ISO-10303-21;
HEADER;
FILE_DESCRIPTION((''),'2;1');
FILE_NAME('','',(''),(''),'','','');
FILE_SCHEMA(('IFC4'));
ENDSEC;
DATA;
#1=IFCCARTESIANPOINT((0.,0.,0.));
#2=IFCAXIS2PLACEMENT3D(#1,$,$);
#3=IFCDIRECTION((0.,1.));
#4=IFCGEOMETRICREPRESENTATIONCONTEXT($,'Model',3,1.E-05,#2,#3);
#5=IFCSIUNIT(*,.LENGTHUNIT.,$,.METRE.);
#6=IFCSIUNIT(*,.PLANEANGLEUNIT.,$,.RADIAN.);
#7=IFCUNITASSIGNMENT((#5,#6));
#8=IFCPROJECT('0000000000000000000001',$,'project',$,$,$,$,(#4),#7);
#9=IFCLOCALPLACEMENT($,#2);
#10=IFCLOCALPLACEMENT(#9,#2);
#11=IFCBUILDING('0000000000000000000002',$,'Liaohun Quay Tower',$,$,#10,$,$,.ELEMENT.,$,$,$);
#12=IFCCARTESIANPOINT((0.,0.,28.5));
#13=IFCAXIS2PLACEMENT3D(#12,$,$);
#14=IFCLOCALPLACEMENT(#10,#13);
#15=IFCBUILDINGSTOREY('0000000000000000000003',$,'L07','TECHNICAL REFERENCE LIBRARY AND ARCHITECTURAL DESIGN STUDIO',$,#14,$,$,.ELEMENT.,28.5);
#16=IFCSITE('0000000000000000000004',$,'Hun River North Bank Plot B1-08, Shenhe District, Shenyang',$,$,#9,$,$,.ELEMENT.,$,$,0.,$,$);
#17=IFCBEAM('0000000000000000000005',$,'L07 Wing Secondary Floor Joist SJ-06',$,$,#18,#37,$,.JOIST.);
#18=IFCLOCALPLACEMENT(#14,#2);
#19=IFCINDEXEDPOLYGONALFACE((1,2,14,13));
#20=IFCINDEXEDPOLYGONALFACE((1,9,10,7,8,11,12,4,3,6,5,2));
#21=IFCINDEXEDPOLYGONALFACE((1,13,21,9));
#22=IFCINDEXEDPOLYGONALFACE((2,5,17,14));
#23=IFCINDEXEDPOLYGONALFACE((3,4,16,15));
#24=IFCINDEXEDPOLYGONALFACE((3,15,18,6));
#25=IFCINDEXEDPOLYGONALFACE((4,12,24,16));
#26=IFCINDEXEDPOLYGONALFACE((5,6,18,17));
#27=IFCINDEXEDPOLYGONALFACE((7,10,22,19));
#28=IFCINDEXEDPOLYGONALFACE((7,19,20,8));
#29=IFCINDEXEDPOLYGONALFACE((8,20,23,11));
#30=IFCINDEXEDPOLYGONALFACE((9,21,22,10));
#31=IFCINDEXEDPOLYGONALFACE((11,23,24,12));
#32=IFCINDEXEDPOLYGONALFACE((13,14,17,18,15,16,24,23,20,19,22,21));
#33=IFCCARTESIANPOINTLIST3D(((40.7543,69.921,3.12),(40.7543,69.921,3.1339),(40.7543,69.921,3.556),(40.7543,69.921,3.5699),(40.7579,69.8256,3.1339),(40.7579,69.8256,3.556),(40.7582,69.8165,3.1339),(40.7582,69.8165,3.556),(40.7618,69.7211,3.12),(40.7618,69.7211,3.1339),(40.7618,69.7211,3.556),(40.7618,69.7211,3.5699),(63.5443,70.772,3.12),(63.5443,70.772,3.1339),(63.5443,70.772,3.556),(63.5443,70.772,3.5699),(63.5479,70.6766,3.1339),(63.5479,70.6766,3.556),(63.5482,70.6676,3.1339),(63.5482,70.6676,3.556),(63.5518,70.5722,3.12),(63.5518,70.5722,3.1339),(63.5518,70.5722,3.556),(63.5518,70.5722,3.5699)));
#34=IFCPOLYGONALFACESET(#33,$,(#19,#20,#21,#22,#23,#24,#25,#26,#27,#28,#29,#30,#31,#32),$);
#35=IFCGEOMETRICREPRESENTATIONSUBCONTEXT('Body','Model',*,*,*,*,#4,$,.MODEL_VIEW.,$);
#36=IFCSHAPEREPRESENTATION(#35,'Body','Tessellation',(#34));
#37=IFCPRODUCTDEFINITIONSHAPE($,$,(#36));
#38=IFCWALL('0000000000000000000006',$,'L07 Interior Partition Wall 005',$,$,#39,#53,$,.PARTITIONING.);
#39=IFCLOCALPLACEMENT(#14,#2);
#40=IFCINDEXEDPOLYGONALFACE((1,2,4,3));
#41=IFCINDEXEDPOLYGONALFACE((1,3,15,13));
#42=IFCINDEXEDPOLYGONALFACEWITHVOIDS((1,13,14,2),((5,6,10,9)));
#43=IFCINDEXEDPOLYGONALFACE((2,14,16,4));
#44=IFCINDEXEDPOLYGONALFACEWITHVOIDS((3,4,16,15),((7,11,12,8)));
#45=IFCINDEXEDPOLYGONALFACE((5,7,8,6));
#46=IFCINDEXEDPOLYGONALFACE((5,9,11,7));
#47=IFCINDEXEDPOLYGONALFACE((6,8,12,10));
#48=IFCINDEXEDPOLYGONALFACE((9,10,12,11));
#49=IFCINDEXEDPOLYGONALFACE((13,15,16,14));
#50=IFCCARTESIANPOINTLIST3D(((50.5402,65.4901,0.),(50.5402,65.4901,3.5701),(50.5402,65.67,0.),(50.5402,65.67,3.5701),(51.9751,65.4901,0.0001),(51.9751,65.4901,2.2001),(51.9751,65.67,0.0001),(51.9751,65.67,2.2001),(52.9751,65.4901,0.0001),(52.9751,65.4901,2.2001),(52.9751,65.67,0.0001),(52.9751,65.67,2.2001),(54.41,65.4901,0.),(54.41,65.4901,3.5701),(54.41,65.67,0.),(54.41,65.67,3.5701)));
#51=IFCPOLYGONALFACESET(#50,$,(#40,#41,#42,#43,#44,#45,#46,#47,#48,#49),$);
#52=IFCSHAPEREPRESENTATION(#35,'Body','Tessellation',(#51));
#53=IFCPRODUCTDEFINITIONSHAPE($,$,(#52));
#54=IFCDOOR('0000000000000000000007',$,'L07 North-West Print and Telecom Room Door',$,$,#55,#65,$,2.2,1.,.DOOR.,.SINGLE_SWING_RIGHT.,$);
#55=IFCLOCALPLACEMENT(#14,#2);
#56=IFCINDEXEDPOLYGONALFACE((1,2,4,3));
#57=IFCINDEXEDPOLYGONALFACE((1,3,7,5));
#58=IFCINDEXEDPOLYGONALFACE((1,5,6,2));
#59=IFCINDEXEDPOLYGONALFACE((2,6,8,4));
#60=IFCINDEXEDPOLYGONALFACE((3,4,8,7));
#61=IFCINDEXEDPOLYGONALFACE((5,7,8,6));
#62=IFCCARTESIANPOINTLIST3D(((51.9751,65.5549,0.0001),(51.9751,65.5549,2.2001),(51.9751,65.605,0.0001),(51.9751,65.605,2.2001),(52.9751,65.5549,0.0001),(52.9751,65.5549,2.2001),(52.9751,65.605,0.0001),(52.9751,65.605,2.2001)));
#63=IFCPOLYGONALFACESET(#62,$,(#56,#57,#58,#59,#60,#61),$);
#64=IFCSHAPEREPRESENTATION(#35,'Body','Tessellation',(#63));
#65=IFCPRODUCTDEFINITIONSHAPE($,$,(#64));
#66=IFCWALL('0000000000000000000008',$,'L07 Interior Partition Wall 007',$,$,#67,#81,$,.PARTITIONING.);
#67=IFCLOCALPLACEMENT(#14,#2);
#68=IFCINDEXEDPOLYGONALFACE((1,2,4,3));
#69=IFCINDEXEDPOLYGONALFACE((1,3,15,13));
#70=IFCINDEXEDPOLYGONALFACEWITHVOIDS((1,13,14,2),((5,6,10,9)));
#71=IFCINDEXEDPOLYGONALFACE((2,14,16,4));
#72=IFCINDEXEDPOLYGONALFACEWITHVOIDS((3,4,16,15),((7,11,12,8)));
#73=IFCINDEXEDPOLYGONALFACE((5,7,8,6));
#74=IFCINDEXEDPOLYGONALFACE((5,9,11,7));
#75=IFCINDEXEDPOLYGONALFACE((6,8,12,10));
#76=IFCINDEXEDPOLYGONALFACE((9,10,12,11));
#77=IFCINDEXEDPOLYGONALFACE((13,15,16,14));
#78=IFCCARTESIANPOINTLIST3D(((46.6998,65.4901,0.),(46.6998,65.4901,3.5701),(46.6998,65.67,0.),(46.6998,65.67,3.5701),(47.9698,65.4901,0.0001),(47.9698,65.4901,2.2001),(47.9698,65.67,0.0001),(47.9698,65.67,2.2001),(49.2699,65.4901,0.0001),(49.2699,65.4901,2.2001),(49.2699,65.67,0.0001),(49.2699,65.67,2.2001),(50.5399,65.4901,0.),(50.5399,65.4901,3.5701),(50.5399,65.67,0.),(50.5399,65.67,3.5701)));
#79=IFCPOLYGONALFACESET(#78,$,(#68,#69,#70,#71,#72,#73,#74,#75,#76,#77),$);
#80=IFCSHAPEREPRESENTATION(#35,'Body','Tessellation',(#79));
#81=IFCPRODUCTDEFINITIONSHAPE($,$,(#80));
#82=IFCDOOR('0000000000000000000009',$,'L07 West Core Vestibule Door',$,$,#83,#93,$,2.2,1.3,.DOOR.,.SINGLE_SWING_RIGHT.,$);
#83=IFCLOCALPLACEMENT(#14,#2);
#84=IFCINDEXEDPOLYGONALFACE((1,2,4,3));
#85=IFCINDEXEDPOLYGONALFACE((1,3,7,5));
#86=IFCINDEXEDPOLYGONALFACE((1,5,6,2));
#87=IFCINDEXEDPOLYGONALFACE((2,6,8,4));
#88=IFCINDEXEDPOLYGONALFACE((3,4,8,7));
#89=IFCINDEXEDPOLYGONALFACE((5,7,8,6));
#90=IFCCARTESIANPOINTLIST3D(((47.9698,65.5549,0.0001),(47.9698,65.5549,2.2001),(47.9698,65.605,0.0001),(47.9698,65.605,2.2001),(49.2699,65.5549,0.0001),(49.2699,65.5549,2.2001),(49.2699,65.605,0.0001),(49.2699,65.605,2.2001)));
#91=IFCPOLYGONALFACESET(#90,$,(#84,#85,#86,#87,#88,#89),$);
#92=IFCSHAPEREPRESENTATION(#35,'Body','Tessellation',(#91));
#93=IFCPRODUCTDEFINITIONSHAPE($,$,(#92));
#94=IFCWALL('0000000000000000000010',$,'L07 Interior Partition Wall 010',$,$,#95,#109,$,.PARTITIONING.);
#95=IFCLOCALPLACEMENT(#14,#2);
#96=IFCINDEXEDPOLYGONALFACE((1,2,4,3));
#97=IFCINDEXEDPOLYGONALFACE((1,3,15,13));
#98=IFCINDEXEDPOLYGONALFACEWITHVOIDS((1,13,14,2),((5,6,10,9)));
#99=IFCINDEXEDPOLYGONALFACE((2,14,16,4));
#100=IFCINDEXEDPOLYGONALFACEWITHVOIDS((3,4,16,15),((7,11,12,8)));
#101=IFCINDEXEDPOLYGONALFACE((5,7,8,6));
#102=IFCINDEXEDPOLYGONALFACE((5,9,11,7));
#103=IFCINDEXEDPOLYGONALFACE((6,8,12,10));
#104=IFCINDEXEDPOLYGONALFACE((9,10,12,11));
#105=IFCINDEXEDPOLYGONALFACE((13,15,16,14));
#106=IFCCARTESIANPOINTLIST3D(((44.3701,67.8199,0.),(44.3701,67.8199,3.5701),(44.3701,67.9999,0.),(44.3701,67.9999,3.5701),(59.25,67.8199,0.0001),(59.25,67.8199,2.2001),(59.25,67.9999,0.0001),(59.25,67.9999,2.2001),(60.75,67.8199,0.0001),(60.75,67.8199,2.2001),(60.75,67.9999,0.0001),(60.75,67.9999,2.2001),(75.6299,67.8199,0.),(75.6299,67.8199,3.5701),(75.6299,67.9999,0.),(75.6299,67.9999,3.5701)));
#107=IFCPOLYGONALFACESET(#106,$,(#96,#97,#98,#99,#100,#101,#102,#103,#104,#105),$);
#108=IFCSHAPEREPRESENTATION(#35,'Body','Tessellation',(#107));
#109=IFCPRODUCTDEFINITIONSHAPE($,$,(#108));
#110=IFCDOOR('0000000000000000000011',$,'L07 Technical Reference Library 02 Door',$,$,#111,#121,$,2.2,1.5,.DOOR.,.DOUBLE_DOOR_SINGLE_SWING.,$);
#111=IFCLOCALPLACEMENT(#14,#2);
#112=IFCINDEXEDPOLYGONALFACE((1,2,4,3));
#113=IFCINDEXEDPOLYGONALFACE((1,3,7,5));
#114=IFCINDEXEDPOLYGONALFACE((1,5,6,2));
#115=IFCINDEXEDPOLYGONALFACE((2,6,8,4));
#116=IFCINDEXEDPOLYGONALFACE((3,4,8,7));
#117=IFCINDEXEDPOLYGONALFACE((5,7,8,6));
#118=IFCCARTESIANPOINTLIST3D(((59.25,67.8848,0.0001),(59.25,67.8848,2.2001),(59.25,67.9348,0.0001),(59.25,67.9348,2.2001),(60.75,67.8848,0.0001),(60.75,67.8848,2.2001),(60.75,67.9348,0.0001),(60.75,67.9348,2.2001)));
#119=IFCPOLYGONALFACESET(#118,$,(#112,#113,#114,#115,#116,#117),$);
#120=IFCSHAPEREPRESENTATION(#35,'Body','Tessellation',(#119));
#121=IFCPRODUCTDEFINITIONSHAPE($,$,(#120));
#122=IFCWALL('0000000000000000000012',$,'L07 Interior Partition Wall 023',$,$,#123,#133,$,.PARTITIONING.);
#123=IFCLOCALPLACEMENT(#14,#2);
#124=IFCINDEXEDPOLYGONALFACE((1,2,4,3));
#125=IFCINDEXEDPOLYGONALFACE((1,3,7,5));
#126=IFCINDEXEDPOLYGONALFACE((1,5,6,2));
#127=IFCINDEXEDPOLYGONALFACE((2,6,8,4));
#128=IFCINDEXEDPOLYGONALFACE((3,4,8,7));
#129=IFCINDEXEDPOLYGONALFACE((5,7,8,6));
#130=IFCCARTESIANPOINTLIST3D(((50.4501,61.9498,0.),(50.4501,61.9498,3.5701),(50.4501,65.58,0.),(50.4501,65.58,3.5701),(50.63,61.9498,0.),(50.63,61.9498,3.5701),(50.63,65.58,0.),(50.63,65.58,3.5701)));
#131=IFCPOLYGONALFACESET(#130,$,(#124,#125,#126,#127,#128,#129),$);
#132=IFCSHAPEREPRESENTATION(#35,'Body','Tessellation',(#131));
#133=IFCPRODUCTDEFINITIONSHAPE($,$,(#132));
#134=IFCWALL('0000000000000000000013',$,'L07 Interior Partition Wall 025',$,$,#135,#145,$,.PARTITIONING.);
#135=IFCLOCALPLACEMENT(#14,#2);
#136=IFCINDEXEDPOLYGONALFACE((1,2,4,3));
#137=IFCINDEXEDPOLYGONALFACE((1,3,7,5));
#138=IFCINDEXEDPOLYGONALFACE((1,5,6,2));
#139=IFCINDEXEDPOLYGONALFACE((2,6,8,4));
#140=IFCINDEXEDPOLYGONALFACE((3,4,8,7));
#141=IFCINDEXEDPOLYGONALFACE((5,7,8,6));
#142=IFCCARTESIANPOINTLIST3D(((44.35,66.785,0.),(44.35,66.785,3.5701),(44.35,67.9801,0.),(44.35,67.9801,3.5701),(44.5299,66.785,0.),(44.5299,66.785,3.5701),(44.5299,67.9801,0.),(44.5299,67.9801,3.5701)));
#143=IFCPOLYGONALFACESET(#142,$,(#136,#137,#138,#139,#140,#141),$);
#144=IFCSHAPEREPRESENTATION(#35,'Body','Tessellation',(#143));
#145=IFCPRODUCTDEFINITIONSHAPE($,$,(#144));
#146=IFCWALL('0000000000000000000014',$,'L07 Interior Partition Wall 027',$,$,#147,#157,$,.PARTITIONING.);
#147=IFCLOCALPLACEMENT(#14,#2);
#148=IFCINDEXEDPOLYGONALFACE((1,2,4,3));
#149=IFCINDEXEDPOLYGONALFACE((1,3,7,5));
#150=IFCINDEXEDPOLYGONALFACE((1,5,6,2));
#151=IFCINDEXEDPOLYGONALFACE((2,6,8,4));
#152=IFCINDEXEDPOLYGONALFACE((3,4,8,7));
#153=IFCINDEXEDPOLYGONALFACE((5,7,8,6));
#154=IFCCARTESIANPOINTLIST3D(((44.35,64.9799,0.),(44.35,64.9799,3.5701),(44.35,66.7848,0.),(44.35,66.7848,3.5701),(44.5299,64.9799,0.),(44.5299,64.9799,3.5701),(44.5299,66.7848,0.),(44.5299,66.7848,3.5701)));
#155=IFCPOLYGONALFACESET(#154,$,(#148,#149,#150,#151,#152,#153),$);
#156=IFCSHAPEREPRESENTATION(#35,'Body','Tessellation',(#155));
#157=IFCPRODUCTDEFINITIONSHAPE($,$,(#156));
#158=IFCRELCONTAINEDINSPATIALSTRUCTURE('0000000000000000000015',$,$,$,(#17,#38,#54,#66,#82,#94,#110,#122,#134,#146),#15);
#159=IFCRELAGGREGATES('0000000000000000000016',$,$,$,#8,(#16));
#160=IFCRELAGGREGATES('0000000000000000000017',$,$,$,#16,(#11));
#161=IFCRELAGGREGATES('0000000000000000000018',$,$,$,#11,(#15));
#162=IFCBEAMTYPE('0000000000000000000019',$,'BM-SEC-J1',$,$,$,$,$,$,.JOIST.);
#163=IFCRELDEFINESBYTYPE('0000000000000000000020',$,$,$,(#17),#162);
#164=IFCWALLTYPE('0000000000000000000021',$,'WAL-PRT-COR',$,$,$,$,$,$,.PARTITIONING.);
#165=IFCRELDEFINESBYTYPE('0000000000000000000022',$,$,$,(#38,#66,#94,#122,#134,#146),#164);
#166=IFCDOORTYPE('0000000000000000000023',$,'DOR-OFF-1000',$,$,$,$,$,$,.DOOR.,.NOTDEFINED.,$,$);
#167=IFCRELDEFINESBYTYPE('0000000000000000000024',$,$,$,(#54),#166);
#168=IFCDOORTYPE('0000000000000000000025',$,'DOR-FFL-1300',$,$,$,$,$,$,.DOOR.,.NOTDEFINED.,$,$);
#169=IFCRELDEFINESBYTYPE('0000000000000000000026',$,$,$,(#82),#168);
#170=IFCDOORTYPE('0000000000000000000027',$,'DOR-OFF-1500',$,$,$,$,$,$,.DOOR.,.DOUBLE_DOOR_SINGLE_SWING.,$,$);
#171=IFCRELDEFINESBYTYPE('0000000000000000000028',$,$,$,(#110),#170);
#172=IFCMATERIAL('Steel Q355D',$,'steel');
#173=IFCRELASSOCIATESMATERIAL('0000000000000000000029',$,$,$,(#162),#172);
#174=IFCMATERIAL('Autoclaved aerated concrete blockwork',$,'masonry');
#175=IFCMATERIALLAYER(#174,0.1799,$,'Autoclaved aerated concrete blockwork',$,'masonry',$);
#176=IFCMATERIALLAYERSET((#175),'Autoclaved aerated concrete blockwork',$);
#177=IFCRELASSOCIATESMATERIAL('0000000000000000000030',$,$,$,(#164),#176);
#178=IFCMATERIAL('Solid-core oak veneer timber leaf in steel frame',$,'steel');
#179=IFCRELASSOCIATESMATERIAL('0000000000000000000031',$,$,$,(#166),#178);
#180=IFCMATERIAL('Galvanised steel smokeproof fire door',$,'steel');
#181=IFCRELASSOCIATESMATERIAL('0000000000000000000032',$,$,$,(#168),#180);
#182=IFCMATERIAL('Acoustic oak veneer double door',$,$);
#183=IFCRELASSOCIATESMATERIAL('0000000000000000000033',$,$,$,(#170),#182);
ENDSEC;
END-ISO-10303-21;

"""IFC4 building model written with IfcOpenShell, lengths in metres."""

from ifc_helpers import new_model, si_unit, direction, frame, frame_2d, origin, origin_2d, place, context, subcontext, project, spatial, rectangle, i_section, extrude, source, transform, mapped, material, layer, layer_set, material_profile, profile_set, type_object, element, fill, save


model = new_model("IFC4")

# Units and contexts
model_context = context("Model", 3, precision=1e-05, world=origin(), true_north=direction((0.0, 1.0)))
body_context = subcontext(model_context, "Body", "Model", "MODEL_VIEW")
ifc_project = project(units=[si_unit("LENGTHUNIT", "METRE"), si_unit("PLANEANGLEUNIT", "RADIAN")], contexts=[model_context])

# Site, building, storey
site_placement = place(None, origin())
site = spatial("IfcSite", under=ifc_project, at=site_placement, Name="Hun River North Bank Plot B1-08, Shenhe District, Shenyang", CompositionType="ELEMENT", RefElevation=0.0)
building_placement = place(site_placement, origin())
building = spatial("IfcBuilding", under=site, at=building_placement, Name="Liaohun Quay Tower", CompositionType="ELEMENT")
storey_placement = place(building_placement, frame((0.0, 0.0, 28.5)))
storey = spatial("IfcBuildingStorey", under=building, at=storey_placement, Name="L07", Description="TECHNICAL REFERENCE LIBRARY AND ARCHITECTURAL DESIGN STUDIO", CompositionType="ELEMENT", Elevation=28.5)

# Beam
ifc_material_1 = material(Name="Steel Q355D", Category="steel")
ifc_material_profile = material_profile(ifc_material_1, i_section(OverallWidth=0.2, OverallDepth=0.45, WebThickness=0.009, FlangeThickness=0.0139, at=origin_2d()), Name="HN450x200x9x14")
ifc_profile_set = profile_set([ifc_material_profile], Name="Steel Q355D")
beam_type = type_object("IfcBeamType", Name="BM-SEC-J1", PredefinedType="JOIST", material=ifc_profile_set)
shared_shape_1 = source(origin(), body_context, "Body", "SweptSolid", [
    extrude(i_section(OverallWidth=0.2, OverallDepth=0.45, WebThickness=0.009, FlangeThickness=0.0139, at=origin_2d()), origin(), (0.0, 0.0, 1.0), 22.8059),
])
beam_placement = place(storey_placement, frame((40.7581, 69.821, 3.345), z_axis=(0.999303, 0.037318, 0.0), x_axis=(-0.037318, 0.999303, 0.0)))
element("IfcBeam", 1, at=beam_placement, inside=storey, type_object=beam_type, Name="L07 Wing Secondary Floor Joist SJ-06", PredefinedType="JOIST", context=body_context, shape_type="MappedRepresentation", body=[
    mapped(shared_shape_1, transform((0.0, 0.0, 0.0), x_axis=(1.0, 0.0, 0.0), y_axis=(0.0, 1.0, 0.0), z_axis=(0.0, 0.0, 1.0), scale=1.0)),
])

# Walls, openings, doors
ifc_material_2 = material(Name="Autoclaved aerated concrete blockwork", Category="masonry")
ifc_layer_1 = layer(ifc_material_2, 0.1799, Name="Autoclaved aerated concrete blockwork", Category="masonry")
ifc_layer_set_1 = layer_set([ifc_layer_1], Name="Autoclaved aerated concrete blockwork")
wall_type_1 = type_object("IfcWallType", Name="WAL-PRT-COR", PredefinedType="PARTITIONING", material=ifc_layer_set_1)
wall_1_placement = place(storey_placement, frame((50.54, 65.5801, 0.0), z_axis=(0.0, 0.0, 1.0), x_axis=(1.0, 0.0, 0.0)))
wall_1 = element("IfcWall", 2, at=wall_1_placement, inside=storey, type_object=wall_type_1, Name="L07 Interior Partition Wall 005", PredefinedType="PARTITIONING", context=body_context, shape_type="SweptSolid", body=[
    extrude(rectangle(XDim=3.8699, YDim=0.1799, at=frame_2d((1.9351, 0.0))), origin(), (0.0, 0.0, 1.0), 3.5701),
])
shared_shape_2 = source(origin(), body_context, "Body", "SweptSolid", [
    extrude(rectangle(XDim=1.0, YDim=2.2, at=frame_2d((0.5, 1.1001))), frame((0.0, 0.0999, 0.0), z_axis=(0.0, -1.0, 0.0), x_axis=(1.0, 0.0, 0.0)), (0.0, 0.0, 1.0), 0.2),
])
opening_1_placement = place(wall_1_placement, frame((1.4351, 0.0, 0.0)))
opening_1 = element("IfcOpeningElement", 3, at=opening_1_placement, cuts=wall_1, PredefinedType="OPENING", context=body_context, shape_type="MappedRepresentation", body=[
    mapped(shared_shape_2, transform((0.0, 0.0, 0.0), x_axis=(1.0, 0.0, 0.0), y_axis=(0.0, 1.0, 0.0), z_axis=(0.0, 0.0, 1.0), scale=1.0)),
])
ifc_material_3 = material(Name="Solid-core oak veneer timber leaf in steel frame", Category="steel")
door_type_1 = type_object("IfcDoorType", Name="DOR-OFF-1000", OperationType="NOTDEFINED", PredefinedType="DOOR", material=ifc_material_3)
shared_shape_3 = source(origin(), body_context, "Body", "SweptSolid", [
    extrude(rectangle(XDim=1.0, YDim=2.2, at=frame_2d((0.5, 1.1001))), frame((0.0, 0.0249, 0.0), z_axis=(0.0, -1.0, 0.0), x_axis=(1.0, 0.0, 0.0)), (0.0, 0.0, 1.0), 0.05),
])
door_1_placement = place(opening_1_placement, origin())
door_1 = element("IfcDoor", 4, at=door_1_placement, inside=storey, type_object=door_type_1, Name="L07 North-West Print and Telecom Room Door", OperationType="SINGLE_SWING_RIGHT", OverallHeight=2.2, OverallWidth=1.0, PredefinedType="DOOR", context=body_context, shape_type="MappedRepresentation", body=[
    mapped(shared_shape_3, transform((0.0, 0.0, 0.0), x_axis=(1.0, 0.0, 0.0), y_axis=(0.0, 1.0, 0.0), z_axis=(0.0, 0.0, 1.0), scale=1.0)),
])
fill(opening_1, door_1)
wall_2_placement = place(storey_placement, frame((46.7, 65.5801, 0.0), z_axis=(0.0, 0.0, 1.0), x_axis=(1.0, 0.0, 0.0)))
wall_2 = element("IfcWall", 5, at=wall_2_placement, inside=storey, type_object=wall_type_1, Name="L07 Interior Partition Wall 007", PredefinedType="PARTITIONING", context=body_context, shape_type="SweptSolid", body=[
    extrude(rectangle(XDim=3.8401, YDim=0.1799, at=frame_2d((1.9199, 0.0))), origin(), (0.0, 0.0, 1.0), 3.5701),
])
shared_shape_4 = source(origin(), body_context, "Body", "SweptSolid", [
    extrude(rectangle(XDim=1.3, YDim=2.2, at=frame_2d((0.6499, 1.1001))), frame((0.0, 0.0999, 0.0), z_axis=(0.0, -1.0, 0.0), x_axis=(1.0, 0.0, 0.0)), (0.0, 0.0, 1.0), 0.2),
])
opening_2_placement = place(wall_2_placement, frame((1.27, 0.0, 0.0)))
opening_2 = element("IfcOpeningElement", 6, at=opening_2_placement, cuts=wall_2, PredefinedType="OPENING", context=body_context, shape_type="MappedRepresentation", body=[
    mapped(shared_shape_4, transform((0.0, 0.0, 0.0), x_axis=(1.0, 0.0, 0.0), y_axis=(0.0, 1.0, 0.0), z_axis=(0.0, 0.0, 1.0), scale=1.0)),
])
ifc_material_4 = material(Name="Galvanised steel smokeproof fire door", Category="steel")
door_type_2 = type_object("IfcDoorType", Name="DOR-FFL-1300", OperationType="NOTDEFINED", PredefinedType="DOOR", material=ifc_material_4)
shared_shape_5 = source(origin(), body_context, "Body", "SweptSolid", [
    extrude(rectangle(XDim=1.3, YDim=2.2, at=frame_2d((0.6499, 1.1001))), frame((0.0, 0.0249, 0.0), z_axis=(0.0, -1.0, 0.0), x_axis=(1.0, 0.0, 0.0)), (0.0, 0.0, 1.0), 0.05),
])
door_2_placement = place(opening_2_placement, origin())
door_2 = element("IfcDoor", 7, at=door_2_placement, inside=storey, type_object=door_type_2, Name="L07 West Core Vestibule Door", OperationType="SINGLE_SWING_RIGHT", OverallHeight=2.2, OverallWidth=1.3, PredefinedType="DOOR", context=body_context, shape_type="MappedRepresentation", body=[
    mapped(shared_shape_5, transform((0.0, 0.0, 0.0), x_axis=(1.0, 0.0, 0.0), y_axis=(0.0, 1.0, 0.0), z_axis=(0.0, 0.0, 1.0), scale=1.0)),
])
fill(opening_2, door_2)
wall_3_placement = place(storey_placement, frame((44.3701, 67.9099, 0.0), z_axis=(0.0, 0.0, 1.0), x_axis=(1.0, 0.0, 0.0)))
wall_3 = element("IfcWall", 8, at=wall_3_placement, inside=storey, type_object=wall_type_1, Name="L07 Interior Partition Wall 010", PredefinedType="PARTITIONING", context=body_context, shape_type="SweptSolid", body=[
    extrude(rectangle(XDim=31.2598, YDim=0.1799, at=frame_2d((15.6299, 0.0))), origin(), (0.0, 0.0, 1.0), 3.5701),
])
shared_shape_6 = source(origin(), body_context, "Body", "SweptSolid", [
    extrude(rectangle(XDim=1.5, YDim=2.2, at=frame_2d((0.75, 1.1001))), frame((0.0, 0.0999, 0.0), z_axis=(0.0, -1.0, 0.0), x_axis=(1.0, 0.0, 0.0)), (0.0, 0.0, 1.0), 0.2),
])
opening_3_placement = place(wall_3_placement, frame((14.8799, 0.0, 0.0)))
opening_3 = element("IfcOpeningElement", 9, at=opening_3_placement, cuts=wall_3, PredefinedType="OPENING", context=body_context, shape_type="MappedRepresentation", body=[
    mapped(shared_shape_6, transform((0.0, 0.0, 0.0), x_axis=(1.0, 0.0, 0.0), y_axis=(0.0, 1.0, 0.0), z_axis=(0.0, 0.0, 1.0), scale=1.0)),
])
ifc_material_5 = material(Name="Acoustic oak veneer double door")
door_type_3 = type_object("IfcDoorType", Name="DOR-OFF-1500", OperationType="DOUBLE_DOOR_SINGLE_SWING", PredefinedType="DOOR", material=ifc_material_5)
shared_shape_7 = source(origin(), body_context, "Body", "SweptSolid", [
    extrude(rectangle(XDim=1.5, YDim=2.2, at=frame_2d((0.75, 1.1001))), frame((0.0, 0.0249, 0.0), z_axis=(0.0, -1.0, 0.0), x_axis=(1.0, 0.0, 0.0)), (0.0, 0.0, 1.0), 0.05),
])
door_3_placement = place(opening_3_placement, origin())
door_3 = element("IfcDoor", 10, at=door_3_placement, inside=storey, type_object=door_type_3, Name="L07 Technical Reference Library 02 Door", OperationType="DOUBLE_DOOR_SINGLE_SWING", OverallHeight=2.2, OverallWidth=1.5, PredefinedType="DOOR", context=body_context, shape_type="MappedRepresentation", body=[
    mapped(shared_shape_7, transform((0.0, 0.0, 0.0), x_axis=(1.0, 0.0, 0.0), y_axis=(0.0, 1.0, 0.0), z_axis=(0.0, 0.0, 1.0), scale=1.0)),
])
fill(opening_3, door_3)

# Walls
wall_4_placement = place(storey_placement, frame((50.54, 61.95, 0.0), z_axis=(0.0, 0.0, 1.0), x_axis=(0.0, 1.0, 0.0)))
element("IfcWall", 11, at=wall_4_placement, inside=storey, type_object=wall_type_1, Name="L07 Interior Partition Wall 023", PredefinedType="PARTITIONING", context=body_context, shape_type="SweptSolid", body=[
    extrude(rectangle(XDim=3.6301, YDim=0.1799, at=frame_2d((1.8149, 0.0))), origin(), (0.0, 0.0, 1.0), 3.5701),
])
wall_5_placement = place(storey_placement, frame((44.4399, 66.7849, 0.0), z_axis=(0.0, 0.0, 1.0), x_axis=(0.0, 1.0, 0.0)))
element("IfcWall", 12, at=wall_5_placement, inside=storey, type_object=wall_type_1, Name="L07 Interior Partition Wall 025", PredefinedType="PARTITIONING", context=body_context, shape_type="SweptSolid", body=[
    extrude(rectangle(XDim=1.1951, YDim=0.1799, at=frame_2d((0.5977, 0.0))), origin(), (0.0, 0.0, 1.0), 3.5701),
])
wall_6_placement = place(storey_placement, frame((44.4399, 64.98, 0.0), z_axis=(0.0, 0.0, 1.0), x_axis=(0.0, 1.0, 0.0)))
element("IfcWall", 13, at=wall_6_placement, inside=storey, type_object=wall_type_1, Name="L07 Interior Partition Wall 027", PredefinedType="PARTITIONING", context=body_context, shape_type="SweptSolid", body=[
    extrude(rectangle(XDim=1.8049, YDim=0.1799, at=frame_2d((0.9023, 0.0))), origin(), (0.0, 0.0, 1.0), 3.5701),
])

save(model, "model.ifc")
